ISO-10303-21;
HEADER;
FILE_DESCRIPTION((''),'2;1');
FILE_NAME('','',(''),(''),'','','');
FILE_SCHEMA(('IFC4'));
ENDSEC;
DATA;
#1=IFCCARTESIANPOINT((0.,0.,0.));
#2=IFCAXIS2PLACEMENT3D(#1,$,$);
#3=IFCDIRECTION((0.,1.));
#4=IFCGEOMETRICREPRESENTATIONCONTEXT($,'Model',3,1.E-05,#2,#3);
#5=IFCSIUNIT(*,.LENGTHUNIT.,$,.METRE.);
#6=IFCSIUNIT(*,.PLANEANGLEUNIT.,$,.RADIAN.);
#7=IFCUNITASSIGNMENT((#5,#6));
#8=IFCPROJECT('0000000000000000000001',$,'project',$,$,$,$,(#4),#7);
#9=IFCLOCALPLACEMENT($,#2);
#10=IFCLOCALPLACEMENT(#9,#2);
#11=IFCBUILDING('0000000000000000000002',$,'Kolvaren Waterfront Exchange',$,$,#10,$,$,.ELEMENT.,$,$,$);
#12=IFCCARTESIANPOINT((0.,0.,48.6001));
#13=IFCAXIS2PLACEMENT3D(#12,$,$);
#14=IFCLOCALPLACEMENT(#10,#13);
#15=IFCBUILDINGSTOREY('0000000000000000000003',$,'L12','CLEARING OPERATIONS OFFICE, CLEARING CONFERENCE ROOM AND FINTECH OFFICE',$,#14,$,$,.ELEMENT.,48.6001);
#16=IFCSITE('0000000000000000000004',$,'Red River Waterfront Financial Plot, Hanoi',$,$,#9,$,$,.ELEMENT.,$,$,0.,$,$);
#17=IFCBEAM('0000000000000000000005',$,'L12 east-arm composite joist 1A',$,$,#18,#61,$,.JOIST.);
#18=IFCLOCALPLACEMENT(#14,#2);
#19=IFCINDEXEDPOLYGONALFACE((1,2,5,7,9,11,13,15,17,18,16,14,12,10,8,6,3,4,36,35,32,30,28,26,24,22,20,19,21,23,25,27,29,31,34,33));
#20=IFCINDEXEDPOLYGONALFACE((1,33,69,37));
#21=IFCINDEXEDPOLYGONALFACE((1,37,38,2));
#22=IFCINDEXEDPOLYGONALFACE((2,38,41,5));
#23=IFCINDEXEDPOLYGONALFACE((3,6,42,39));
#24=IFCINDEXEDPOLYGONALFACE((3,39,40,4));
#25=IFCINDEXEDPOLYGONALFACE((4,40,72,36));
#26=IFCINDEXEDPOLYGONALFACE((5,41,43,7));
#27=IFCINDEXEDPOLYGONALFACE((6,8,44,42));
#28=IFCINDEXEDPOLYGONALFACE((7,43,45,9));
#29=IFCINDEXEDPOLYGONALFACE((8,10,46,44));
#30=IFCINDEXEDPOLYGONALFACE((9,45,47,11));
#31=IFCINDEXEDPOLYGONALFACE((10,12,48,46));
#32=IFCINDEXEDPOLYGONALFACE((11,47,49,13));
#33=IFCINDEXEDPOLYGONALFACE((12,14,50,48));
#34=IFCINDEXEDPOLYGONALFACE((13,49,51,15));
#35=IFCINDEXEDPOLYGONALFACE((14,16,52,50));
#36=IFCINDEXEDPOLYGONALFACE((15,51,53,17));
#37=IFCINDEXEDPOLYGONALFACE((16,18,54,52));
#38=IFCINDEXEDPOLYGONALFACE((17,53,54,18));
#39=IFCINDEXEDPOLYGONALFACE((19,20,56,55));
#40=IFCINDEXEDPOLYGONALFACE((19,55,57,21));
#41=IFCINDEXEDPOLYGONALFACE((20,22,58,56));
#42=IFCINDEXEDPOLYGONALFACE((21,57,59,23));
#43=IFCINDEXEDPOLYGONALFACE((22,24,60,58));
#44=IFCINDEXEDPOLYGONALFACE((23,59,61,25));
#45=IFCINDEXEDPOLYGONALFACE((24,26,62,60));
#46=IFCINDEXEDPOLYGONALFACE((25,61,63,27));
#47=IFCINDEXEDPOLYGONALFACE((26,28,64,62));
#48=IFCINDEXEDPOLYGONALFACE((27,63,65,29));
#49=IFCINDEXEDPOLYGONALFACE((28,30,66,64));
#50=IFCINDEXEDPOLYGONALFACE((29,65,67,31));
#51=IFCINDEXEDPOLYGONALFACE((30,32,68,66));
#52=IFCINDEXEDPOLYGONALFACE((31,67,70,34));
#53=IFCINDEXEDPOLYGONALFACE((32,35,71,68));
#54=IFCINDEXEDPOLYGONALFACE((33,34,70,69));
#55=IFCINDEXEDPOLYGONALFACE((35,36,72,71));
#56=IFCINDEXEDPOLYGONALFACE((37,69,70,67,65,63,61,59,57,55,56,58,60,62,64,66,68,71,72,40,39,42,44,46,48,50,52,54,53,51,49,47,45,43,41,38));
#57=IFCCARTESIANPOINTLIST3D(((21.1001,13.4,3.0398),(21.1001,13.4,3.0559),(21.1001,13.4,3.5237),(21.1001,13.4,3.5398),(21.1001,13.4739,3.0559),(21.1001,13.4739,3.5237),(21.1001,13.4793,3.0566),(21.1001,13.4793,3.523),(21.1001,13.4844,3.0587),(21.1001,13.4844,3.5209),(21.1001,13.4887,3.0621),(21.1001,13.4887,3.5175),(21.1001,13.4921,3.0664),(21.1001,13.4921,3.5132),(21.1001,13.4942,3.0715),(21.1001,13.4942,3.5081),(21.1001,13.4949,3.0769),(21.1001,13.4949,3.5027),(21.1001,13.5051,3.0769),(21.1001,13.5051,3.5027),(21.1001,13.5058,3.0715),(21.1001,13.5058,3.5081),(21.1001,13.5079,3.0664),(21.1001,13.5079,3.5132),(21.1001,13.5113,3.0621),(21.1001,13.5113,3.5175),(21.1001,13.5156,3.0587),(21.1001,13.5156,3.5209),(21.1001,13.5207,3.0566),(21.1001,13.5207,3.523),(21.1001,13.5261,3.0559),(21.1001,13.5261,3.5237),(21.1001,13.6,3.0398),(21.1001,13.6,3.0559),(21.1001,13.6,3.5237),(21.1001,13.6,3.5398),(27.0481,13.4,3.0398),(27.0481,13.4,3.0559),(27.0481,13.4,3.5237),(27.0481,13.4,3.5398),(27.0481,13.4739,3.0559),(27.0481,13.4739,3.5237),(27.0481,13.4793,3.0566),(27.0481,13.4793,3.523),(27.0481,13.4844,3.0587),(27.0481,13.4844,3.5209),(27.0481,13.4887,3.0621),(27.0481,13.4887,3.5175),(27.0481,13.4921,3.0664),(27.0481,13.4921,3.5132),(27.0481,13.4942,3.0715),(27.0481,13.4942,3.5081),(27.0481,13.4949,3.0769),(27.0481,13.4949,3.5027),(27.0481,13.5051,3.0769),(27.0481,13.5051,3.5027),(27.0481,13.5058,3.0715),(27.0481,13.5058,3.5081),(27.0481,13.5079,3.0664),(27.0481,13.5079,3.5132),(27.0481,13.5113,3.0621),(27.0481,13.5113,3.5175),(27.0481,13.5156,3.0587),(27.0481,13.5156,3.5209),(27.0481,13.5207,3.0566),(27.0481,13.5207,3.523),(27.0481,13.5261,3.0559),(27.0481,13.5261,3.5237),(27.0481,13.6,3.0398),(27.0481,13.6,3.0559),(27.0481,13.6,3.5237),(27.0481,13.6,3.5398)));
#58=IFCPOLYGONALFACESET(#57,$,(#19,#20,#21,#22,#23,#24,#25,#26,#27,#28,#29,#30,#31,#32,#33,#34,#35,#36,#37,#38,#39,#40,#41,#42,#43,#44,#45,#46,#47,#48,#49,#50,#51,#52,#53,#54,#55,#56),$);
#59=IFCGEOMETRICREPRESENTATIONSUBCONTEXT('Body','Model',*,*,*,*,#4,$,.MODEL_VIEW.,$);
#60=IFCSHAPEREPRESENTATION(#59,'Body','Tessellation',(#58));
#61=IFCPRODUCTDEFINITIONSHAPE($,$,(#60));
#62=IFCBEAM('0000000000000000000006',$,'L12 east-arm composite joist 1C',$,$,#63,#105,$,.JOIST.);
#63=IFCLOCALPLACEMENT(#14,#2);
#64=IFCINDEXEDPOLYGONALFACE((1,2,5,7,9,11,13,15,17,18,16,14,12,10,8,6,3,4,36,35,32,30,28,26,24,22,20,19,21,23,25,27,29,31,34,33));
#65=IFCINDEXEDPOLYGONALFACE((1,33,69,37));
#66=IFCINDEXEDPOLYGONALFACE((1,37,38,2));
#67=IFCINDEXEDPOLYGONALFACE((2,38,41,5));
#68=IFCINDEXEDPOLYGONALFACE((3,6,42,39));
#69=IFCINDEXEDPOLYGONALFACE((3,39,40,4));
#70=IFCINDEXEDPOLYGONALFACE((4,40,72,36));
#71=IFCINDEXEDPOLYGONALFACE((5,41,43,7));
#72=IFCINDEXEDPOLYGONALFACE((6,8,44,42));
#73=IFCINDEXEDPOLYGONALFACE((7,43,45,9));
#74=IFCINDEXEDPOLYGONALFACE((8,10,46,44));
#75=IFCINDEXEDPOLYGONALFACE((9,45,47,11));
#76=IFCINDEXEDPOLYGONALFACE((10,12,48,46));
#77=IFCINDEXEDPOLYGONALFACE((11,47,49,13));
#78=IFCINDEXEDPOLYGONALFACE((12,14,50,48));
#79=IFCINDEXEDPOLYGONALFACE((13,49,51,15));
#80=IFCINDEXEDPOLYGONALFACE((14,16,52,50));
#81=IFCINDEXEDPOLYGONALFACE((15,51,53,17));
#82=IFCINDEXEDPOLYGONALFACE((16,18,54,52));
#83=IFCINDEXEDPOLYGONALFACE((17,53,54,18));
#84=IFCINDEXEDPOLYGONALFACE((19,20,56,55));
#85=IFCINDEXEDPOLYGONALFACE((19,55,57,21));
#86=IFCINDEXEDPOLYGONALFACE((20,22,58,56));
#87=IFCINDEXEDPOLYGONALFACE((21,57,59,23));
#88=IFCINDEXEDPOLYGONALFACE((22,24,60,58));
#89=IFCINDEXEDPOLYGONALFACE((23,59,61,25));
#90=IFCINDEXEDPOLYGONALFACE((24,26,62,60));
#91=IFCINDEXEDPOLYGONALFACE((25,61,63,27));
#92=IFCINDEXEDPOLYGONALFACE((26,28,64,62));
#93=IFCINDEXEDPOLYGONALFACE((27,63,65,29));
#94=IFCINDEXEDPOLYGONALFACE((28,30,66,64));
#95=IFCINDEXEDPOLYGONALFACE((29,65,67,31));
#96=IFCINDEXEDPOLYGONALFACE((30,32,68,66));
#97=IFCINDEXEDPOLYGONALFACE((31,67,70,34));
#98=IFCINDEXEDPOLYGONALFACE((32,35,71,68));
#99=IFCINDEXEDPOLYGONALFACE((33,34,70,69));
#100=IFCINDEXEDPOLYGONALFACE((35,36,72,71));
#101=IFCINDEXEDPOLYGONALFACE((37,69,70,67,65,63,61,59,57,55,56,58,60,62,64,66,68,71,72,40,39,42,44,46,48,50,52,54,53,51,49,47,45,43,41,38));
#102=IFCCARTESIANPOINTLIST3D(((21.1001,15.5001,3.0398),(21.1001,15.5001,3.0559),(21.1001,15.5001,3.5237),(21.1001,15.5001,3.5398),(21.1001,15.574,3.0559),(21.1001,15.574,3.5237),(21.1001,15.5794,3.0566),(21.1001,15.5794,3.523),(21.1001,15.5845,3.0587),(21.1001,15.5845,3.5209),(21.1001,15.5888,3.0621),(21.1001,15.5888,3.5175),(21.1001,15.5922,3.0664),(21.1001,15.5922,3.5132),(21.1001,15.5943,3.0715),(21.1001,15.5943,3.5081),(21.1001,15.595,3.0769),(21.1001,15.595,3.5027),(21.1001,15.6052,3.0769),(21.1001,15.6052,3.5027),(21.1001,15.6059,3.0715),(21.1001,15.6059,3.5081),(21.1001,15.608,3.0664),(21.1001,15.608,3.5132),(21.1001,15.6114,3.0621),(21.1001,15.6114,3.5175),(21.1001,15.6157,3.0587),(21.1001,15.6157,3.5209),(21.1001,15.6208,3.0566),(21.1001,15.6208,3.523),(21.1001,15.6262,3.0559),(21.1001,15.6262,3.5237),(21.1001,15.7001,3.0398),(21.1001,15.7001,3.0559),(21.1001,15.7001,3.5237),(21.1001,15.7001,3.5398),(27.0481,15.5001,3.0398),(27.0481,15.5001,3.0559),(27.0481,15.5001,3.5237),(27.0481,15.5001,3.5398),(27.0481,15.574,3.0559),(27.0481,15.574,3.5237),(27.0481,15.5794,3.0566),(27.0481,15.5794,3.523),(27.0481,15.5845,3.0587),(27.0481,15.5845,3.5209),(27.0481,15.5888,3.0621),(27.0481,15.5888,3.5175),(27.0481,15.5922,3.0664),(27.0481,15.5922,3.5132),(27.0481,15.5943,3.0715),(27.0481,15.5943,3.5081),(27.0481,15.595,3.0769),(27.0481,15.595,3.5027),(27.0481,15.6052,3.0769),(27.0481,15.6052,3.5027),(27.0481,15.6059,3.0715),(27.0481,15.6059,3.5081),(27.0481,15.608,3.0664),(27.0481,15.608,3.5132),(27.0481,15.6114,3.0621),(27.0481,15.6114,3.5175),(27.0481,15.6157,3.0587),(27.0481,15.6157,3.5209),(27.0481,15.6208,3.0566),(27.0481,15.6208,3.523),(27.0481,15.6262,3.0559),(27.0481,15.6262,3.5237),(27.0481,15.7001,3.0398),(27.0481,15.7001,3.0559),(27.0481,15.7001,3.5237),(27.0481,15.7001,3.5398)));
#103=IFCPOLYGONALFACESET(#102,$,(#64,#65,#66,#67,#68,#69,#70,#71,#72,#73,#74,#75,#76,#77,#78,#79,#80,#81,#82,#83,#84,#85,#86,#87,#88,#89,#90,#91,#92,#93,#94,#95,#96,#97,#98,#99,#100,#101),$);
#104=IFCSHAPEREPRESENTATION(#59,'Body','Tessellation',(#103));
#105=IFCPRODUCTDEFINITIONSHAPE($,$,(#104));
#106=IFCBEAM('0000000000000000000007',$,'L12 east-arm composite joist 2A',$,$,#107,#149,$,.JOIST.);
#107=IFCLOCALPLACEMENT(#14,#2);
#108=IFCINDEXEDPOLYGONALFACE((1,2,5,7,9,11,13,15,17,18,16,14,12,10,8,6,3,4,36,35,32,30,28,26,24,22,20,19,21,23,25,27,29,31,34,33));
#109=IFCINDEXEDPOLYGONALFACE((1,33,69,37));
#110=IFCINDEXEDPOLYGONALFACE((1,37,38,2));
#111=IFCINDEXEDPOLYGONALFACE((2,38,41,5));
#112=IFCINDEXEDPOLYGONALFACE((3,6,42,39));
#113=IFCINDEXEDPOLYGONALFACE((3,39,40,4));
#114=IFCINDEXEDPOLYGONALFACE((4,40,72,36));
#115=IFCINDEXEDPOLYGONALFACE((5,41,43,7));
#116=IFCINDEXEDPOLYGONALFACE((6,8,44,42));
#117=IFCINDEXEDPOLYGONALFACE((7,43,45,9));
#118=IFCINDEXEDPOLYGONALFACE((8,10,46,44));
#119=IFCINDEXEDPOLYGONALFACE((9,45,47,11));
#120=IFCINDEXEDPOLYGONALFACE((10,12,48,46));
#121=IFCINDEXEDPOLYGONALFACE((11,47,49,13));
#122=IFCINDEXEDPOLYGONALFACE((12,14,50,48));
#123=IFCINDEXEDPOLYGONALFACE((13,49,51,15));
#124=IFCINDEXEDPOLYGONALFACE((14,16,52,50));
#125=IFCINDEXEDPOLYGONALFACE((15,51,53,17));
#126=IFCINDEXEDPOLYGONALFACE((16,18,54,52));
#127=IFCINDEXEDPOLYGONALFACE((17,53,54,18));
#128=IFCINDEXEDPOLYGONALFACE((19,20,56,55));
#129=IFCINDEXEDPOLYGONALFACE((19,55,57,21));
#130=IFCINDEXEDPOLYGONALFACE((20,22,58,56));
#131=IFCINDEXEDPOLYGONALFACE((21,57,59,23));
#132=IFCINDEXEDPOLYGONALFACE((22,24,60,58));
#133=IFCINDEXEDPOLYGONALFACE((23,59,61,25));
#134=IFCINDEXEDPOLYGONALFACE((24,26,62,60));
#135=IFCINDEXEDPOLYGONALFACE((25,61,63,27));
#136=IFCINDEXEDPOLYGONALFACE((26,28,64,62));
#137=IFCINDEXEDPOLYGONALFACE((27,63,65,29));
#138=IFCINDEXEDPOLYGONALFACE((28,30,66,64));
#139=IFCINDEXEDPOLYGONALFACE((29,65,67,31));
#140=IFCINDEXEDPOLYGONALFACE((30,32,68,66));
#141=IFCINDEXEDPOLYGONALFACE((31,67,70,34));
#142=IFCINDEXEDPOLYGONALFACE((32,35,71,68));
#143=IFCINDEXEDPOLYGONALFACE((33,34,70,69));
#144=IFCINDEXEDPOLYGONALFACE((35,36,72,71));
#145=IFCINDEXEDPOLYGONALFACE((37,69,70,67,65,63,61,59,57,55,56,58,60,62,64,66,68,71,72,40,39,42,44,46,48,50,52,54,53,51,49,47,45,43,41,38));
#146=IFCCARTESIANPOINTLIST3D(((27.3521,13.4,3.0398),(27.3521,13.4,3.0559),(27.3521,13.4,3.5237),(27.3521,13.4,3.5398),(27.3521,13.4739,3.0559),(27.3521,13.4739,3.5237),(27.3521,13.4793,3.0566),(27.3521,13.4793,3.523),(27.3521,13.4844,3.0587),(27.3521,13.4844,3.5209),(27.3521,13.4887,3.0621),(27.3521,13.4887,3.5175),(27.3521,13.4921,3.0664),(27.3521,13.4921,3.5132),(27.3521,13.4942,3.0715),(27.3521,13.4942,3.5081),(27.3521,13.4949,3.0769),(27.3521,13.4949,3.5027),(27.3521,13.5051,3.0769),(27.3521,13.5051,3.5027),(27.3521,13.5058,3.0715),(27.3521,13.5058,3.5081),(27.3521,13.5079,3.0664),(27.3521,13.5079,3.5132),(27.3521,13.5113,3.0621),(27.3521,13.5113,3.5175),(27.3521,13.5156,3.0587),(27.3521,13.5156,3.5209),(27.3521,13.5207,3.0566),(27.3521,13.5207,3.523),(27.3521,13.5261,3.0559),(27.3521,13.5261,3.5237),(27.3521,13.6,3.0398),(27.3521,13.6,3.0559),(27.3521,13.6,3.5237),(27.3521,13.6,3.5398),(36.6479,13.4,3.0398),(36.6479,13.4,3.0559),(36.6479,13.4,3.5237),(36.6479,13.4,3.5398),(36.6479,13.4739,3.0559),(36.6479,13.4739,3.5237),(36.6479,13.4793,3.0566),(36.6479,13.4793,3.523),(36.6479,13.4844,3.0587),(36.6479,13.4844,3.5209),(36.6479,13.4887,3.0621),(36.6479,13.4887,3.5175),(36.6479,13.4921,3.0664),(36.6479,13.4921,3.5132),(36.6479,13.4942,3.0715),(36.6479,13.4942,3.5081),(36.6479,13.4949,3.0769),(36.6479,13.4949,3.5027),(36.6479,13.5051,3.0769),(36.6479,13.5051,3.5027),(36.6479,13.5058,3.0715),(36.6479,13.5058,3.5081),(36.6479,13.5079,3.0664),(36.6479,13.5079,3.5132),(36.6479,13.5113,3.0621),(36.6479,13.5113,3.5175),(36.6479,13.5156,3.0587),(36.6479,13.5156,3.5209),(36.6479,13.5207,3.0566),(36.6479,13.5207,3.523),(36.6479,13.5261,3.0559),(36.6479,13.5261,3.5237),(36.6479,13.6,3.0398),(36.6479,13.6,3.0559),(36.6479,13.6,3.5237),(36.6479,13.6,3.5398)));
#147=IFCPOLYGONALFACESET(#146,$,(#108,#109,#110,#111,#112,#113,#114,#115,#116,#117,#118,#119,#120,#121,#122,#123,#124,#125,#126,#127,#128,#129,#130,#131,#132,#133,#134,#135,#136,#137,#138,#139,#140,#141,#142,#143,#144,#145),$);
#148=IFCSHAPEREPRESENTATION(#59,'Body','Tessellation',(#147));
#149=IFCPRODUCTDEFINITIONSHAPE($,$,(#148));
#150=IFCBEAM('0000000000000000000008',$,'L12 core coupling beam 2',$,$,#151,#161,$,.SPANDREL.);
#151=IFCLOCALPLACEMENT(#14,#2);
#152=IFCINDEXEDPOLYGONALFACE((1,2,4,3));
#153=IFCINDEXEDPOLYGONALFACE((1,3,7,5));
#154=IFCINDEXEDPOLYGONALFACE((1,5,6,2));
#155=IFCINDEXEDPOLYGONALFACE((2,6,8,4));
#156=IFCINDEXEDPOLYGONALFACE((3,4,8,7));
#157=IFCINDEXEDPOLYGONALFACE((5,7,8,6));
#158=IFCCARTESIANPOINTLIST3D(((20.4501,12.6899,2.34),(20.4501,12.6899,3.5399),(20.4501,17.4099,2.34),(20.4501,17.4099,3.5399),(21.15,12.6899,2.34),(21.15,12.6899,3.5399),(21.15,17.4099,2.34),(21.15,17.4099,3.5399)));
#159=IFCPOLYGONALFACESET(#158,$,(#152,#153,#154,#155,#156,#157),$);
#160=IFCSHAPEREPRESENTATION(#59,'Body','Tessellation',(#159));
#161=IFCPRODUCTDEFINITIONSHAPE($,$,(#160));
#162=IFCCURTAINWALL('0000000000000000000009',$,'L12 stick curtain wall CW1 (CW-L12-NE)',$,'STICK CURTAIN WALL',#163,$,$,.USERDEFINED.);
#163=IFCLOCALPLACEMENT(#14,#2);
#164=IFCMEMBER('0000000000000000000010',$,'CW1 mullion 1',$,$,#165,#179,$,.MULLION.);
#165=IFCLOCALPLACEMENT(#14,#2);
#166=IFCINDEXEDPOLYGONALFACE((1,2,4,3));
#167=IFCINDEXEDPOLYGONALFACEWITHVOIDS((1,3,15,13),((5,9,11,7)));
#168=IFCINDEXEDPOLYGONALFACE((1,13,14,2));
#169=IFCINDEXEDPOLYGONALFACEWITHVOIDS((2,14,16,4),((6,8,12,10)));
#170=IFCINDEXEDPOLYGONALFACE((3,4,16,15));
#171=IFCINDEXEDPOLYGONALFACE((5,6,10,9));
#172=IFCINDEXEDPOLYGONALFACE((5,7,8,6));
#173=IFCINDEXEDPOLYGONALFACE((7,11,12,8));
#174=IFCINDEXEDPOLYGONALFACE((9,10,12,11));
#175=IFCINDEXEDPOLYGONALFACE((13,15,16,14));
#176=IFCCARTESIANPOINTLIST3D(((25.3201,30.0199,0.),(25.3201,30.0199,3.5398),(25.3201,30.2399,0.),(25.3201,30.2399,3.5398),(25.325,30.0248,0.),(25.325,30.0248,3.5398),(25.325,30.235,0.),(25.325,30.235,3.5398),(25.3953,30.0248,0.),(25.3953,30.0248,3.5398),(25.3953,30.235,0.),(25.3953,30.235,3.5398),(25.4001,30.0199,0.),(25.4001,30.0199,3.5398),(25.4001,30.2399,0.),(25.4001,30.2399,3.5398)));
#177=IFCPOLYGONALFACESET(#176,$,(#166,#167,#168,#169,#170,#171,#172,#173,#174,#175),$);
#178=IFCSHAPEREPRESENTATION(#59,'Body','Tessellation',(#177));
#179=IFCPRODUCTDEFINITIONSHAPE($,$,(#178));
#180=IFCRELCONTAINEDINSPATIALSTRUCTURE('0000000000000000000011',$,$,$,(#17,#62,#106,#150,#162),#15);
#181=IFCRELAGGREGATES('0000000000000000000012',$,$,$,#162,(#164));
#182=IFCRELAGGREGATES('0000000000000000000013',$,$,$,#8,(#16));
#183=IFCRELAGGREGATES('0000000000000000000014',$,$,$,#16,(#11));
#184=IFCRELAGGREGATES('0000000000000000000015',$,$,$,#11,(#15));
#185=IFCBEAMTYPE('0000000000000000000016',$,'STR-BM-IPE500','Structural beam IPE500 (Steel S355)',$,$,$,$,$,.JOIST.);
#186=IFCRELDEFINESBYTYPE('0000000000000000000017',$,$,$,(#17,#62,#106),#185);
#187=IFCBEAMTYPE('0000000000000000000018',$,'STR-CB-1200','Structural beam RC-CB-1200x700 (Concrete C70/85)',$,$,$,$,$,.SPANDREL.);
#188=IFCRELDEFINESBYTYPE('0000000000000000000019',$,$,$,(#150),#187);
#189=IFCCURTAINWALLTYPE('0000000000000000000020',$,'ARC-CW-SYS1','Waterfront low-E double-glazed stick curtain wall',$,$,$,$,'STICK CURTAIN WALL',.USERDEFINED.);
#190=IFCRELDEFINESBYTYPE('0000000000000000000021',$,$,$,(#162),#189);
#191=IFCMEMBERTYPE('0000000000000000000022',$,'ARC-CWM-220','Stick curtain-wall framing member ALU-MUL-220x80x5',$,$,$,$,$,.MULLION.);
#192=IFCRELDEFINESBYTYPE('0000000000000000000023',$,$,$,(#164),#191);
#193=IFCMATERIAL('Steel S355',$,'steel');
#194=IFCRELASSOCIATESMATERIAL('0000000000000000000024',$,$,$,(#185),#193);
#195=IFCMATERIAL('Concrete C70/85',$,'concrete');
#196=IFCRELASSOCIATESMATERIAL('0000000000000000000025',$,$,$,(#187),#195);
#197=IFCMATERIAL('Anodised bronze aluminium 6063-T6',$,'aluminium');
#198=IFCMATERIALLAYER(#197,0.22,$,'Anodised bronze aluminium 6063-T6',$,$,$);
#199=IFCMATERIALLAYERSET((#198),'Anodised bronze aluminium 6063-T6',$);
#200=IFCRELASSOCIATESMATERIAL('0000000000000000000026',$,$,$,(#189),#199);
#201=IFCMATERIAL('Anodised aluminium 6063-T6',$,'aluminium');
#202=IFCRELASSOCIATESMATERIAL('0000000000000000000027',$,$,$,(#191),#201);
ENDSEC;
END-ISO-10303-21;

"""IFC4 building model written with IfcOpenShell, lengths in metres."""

from ifc_helpers import new_model, si_unit, direction, frame, origin, origin_with_axes, origin_2d, place, context, subcontext, project, spatial, rectangle, hollow_rectangle, i_section, extrude, source, transform, mapped, material, layer, layer_set, material_profile, profile_set, type_object, element, aggregate, save


model = new_model("IFC4")

# Units and contexts
model_context = context("Model", 3, precision=1e-05, world=origin(), true_north=direction((0.0, 1.0)))
body_context = subcontext(model_context, "Body", "Model", "MODEL_VIEW")
ifc_project = project(units=[si_unit("LENGTHUNIT", "METRE"), si_unit("PLANEANGLEUNIT", "RADIAN")], contexts=[model_context])

# Site, building, storey
site_placement = place(None, origin())
site = spatial("IfcSite", under=ifc_project, at=site_placement, Name="Red River Waterfront Financial Plot, Hanoi", CompositionType="ELEMENT", RefElevation=0.0)
building_placement = place(site_placement, origin())
building = spatial("IfcBuilding", under=site, at=building_placement, Name="Kolvaren Waterfront Exchange", CompositionType="ELEMENT")
storey_placement = place(building_placement, frame((0.0, 0.0, 48.6001)))
storey = spatial("IfcBuildingStorey", under=building, at=storey_placement, Name="L12", Description="CLEARING OPERATIONS OFFICE, CLEARING CONFERENCE ROOM AND FINTECH OFFICE", CompositionType="ELEMENT", Elevation=48.6001)

# Shared definitions
ifc_material_1 = material(Name="Concrete C70/85", Category="concrete")

# Beams
ifc_material_2 = material(Name="Steel S355", Category="steel")
ifc_material_profile_1 = material_profile(ifc_material_2, i_section(OverallWidth=0.2, OverallDepth=0.5, WebThickness=0.0103, FlangeThickness=0.0161, FilletRadius=0.021, at=origin_2d()), Name="IPE500")
ifc_profile_set_1 = profile_set([ifc_material_profile_1], Name="Steel S355")
beam_type_1 = type_object("IfcBeamType", Name="STR-BM-IPE500", Description="Structural beam IPE500 (Steel S355)", PredefinedType="JOIST", material=ifc_profile_set_1)
for number, where, z_axis, x_axis, name in (
    (1, (21.1001, 13.5, 3.2898), (1.0, 0.0, 0.0), (0.0, 1.0, 0.0), "L12 east-arm composite joist 1A"),
    (2, (21.1001, 15.6001, 3.2898), (1.0, 0.0, 0.0), (0.0, 1.0, 0.0), "L12 east-arm composite joist 1C"),
):
    element("IfcBeam", number, at=place(storey_placement, frame(where, z_axis=z_axis, x_axis=x_axis)), inside=storey, type_object=beam_type_1, Name=name, PredefinedType="JOIST", context=body_context, shape_type="SweptSolid", body=[
        extrude(i_section(OverallWidth=0.2, OverallDepth=0.5, WebThickness=0.0103, FlangeThickness=0.0161, FilletRadius=0.021, at=origin_2d()), origin(), (0.0, 0.0, 1.0), 5.948),
    ])
beam_1_placement = place(storey_placement, frame((27.3521, 13.5, 3.2898), z_axis=(1.0, 0.0, 0.0), x_axis=(0.0, 1.0, 0.0)))
element("IfcBeam", 3, at=beam_1_placement, inside=storey, type_object=beam_type_1, Name="L12 east-arm composite joist 2A", PredefinedType="JOIST", context=body_context, shape_type="SweptSolid", body=[
    extrude(i_section(OverallWidth=0.2, OverallDepth=0.5, WebThickness=0.0103, FlangeThickness=0.0161, FilletRadius=0.021, at=origin_2d()), origin(), (0.0, 0.0, 1.0), 9.2959),
])
ifc_material_profile_2 = material_profile(ifc_material_1, rectangle(XDim=0.7, YDim=1.2, at=origin_2d()), Name="RC-CB-1200x700")
ifc_profile_set_2 = profile_set([ifc_material_profile_2], Name="Concrete C70/85")
beam_type_2 = type_object("IfcBeamType", Name="STR-CB-1200", Description="Structural beam RC-CB-1200x700 (Concrete C70/85)", PredefinedType="SPANDREL", material=ifc_profile_set_2)
beam_2_placement = place(storey_placement, frame((20.8, 12.6899, 2.9399), z_axis=(0.0, 1.0, 0.0), x_axis=(-1.0, 0.0, 0.0)))
element("IfcBeam", 4, at=beam_2_placement, inside=storey, type_object=beam_type_2, Name="L12 core coupling beam 2", PredefinedType="SPANDREL", context=body_context, shape_type="SweptSolid", body=[
    extrude(rectangle(XDim=0.7, YDim=1.2, at=origin_2d()), origin(), (0.0, 0.0, 1.0), 4.72),
])

# Curtain wall, member
ifc_material_3 = material(Name="Anodised bronze aluminium 6063-T6", Category="aluminium")
ifc_layer_1 = layer(ifc_material_3, 0.22, Name="Anodised bronze aluminium 6063-T6")
ifc_layer_set_1 = layer_set([ifc_layer_1], Name="Anodised bronze aluminium 6063-T6")
curtain_wall_type = type_object("IfcCurtainWallType", Name="ARC-CW-SYS1", Description="Waterfront low-E double-glazed stick curtain wall", ElementType="STICK CURTAIN WALL", PredefinedType="USERDEFINED", material=ifc_layer_set_1)
curtain_wall_placement = place(storey_placement, origin())
curtain_wall = element("IfcCurtainWall", 5, at=curtain_wall_placement, inside=storey, type_object=curtain_wall_type, Name="L12 stick curtain wall CW1 (CW-L12-NE)", ObjectType="STICK CURTAIN WALL", PredefinedType="USERDEFINED")
ifc_material_4 = material(Name="Anodised aluminium 6063-T6", Category="aluminium")
ifc_material_profile_3 = material_profile(ifc_material_4, hollow_rectangle(XDim=0.0801, YDim=0.22, WallThickness=0.0049, at=origin_2d()), Name="ALU-MUL-220x80x5")
ifc_profile_set_3 = profile_set([ifc_material_profile_3], Name="Anodised aluminium 6063-T6")
member_type_1 = type_object("IfcMemberType", Name="ARC-CWM-220", Description="Stick curtain-wall framing member ALU-MUL-220x80x5", PredefinedType="MULLION", material=ifc_profile_set_3)
shared_shape_1 = source(origin_with_axes(), body_context, "Body", "SweptSolid", [
    extrude(hollow_rectangle(XDim=0.0801, YDim=0.22, WallThickness=0.0049, at=origin_2d()), origin(), (0.0, 0.0, 1.0), 3.5398),
])
member_1_placement = place(storey_placement, frame((25.3601, 30.1299, 0.0), z_axis=(0.0, 0.0, 1.0), x_axis=(-1.0, 0.0, 0.0)))
member_1 = element("IfcMember", 6, at=member_1_placement, type_object=member_type_1, Name="CW1 mullion 1", PredefinedType="MULLION", context=body_context, shape_type="MappedRepresentation", body=[
    mapped(shared_shape_1, transform((0.0, 0.0, 0.0), x_axis=(1.0, 0.0, 0.0), y_axis=(0.0, 1.0, 0.0), z_axis=(0.0, 0.0, 1.0), scale=1.0)),
])
aggregate(curtain_wall, [member_1])

save(model, "model.ifc")
